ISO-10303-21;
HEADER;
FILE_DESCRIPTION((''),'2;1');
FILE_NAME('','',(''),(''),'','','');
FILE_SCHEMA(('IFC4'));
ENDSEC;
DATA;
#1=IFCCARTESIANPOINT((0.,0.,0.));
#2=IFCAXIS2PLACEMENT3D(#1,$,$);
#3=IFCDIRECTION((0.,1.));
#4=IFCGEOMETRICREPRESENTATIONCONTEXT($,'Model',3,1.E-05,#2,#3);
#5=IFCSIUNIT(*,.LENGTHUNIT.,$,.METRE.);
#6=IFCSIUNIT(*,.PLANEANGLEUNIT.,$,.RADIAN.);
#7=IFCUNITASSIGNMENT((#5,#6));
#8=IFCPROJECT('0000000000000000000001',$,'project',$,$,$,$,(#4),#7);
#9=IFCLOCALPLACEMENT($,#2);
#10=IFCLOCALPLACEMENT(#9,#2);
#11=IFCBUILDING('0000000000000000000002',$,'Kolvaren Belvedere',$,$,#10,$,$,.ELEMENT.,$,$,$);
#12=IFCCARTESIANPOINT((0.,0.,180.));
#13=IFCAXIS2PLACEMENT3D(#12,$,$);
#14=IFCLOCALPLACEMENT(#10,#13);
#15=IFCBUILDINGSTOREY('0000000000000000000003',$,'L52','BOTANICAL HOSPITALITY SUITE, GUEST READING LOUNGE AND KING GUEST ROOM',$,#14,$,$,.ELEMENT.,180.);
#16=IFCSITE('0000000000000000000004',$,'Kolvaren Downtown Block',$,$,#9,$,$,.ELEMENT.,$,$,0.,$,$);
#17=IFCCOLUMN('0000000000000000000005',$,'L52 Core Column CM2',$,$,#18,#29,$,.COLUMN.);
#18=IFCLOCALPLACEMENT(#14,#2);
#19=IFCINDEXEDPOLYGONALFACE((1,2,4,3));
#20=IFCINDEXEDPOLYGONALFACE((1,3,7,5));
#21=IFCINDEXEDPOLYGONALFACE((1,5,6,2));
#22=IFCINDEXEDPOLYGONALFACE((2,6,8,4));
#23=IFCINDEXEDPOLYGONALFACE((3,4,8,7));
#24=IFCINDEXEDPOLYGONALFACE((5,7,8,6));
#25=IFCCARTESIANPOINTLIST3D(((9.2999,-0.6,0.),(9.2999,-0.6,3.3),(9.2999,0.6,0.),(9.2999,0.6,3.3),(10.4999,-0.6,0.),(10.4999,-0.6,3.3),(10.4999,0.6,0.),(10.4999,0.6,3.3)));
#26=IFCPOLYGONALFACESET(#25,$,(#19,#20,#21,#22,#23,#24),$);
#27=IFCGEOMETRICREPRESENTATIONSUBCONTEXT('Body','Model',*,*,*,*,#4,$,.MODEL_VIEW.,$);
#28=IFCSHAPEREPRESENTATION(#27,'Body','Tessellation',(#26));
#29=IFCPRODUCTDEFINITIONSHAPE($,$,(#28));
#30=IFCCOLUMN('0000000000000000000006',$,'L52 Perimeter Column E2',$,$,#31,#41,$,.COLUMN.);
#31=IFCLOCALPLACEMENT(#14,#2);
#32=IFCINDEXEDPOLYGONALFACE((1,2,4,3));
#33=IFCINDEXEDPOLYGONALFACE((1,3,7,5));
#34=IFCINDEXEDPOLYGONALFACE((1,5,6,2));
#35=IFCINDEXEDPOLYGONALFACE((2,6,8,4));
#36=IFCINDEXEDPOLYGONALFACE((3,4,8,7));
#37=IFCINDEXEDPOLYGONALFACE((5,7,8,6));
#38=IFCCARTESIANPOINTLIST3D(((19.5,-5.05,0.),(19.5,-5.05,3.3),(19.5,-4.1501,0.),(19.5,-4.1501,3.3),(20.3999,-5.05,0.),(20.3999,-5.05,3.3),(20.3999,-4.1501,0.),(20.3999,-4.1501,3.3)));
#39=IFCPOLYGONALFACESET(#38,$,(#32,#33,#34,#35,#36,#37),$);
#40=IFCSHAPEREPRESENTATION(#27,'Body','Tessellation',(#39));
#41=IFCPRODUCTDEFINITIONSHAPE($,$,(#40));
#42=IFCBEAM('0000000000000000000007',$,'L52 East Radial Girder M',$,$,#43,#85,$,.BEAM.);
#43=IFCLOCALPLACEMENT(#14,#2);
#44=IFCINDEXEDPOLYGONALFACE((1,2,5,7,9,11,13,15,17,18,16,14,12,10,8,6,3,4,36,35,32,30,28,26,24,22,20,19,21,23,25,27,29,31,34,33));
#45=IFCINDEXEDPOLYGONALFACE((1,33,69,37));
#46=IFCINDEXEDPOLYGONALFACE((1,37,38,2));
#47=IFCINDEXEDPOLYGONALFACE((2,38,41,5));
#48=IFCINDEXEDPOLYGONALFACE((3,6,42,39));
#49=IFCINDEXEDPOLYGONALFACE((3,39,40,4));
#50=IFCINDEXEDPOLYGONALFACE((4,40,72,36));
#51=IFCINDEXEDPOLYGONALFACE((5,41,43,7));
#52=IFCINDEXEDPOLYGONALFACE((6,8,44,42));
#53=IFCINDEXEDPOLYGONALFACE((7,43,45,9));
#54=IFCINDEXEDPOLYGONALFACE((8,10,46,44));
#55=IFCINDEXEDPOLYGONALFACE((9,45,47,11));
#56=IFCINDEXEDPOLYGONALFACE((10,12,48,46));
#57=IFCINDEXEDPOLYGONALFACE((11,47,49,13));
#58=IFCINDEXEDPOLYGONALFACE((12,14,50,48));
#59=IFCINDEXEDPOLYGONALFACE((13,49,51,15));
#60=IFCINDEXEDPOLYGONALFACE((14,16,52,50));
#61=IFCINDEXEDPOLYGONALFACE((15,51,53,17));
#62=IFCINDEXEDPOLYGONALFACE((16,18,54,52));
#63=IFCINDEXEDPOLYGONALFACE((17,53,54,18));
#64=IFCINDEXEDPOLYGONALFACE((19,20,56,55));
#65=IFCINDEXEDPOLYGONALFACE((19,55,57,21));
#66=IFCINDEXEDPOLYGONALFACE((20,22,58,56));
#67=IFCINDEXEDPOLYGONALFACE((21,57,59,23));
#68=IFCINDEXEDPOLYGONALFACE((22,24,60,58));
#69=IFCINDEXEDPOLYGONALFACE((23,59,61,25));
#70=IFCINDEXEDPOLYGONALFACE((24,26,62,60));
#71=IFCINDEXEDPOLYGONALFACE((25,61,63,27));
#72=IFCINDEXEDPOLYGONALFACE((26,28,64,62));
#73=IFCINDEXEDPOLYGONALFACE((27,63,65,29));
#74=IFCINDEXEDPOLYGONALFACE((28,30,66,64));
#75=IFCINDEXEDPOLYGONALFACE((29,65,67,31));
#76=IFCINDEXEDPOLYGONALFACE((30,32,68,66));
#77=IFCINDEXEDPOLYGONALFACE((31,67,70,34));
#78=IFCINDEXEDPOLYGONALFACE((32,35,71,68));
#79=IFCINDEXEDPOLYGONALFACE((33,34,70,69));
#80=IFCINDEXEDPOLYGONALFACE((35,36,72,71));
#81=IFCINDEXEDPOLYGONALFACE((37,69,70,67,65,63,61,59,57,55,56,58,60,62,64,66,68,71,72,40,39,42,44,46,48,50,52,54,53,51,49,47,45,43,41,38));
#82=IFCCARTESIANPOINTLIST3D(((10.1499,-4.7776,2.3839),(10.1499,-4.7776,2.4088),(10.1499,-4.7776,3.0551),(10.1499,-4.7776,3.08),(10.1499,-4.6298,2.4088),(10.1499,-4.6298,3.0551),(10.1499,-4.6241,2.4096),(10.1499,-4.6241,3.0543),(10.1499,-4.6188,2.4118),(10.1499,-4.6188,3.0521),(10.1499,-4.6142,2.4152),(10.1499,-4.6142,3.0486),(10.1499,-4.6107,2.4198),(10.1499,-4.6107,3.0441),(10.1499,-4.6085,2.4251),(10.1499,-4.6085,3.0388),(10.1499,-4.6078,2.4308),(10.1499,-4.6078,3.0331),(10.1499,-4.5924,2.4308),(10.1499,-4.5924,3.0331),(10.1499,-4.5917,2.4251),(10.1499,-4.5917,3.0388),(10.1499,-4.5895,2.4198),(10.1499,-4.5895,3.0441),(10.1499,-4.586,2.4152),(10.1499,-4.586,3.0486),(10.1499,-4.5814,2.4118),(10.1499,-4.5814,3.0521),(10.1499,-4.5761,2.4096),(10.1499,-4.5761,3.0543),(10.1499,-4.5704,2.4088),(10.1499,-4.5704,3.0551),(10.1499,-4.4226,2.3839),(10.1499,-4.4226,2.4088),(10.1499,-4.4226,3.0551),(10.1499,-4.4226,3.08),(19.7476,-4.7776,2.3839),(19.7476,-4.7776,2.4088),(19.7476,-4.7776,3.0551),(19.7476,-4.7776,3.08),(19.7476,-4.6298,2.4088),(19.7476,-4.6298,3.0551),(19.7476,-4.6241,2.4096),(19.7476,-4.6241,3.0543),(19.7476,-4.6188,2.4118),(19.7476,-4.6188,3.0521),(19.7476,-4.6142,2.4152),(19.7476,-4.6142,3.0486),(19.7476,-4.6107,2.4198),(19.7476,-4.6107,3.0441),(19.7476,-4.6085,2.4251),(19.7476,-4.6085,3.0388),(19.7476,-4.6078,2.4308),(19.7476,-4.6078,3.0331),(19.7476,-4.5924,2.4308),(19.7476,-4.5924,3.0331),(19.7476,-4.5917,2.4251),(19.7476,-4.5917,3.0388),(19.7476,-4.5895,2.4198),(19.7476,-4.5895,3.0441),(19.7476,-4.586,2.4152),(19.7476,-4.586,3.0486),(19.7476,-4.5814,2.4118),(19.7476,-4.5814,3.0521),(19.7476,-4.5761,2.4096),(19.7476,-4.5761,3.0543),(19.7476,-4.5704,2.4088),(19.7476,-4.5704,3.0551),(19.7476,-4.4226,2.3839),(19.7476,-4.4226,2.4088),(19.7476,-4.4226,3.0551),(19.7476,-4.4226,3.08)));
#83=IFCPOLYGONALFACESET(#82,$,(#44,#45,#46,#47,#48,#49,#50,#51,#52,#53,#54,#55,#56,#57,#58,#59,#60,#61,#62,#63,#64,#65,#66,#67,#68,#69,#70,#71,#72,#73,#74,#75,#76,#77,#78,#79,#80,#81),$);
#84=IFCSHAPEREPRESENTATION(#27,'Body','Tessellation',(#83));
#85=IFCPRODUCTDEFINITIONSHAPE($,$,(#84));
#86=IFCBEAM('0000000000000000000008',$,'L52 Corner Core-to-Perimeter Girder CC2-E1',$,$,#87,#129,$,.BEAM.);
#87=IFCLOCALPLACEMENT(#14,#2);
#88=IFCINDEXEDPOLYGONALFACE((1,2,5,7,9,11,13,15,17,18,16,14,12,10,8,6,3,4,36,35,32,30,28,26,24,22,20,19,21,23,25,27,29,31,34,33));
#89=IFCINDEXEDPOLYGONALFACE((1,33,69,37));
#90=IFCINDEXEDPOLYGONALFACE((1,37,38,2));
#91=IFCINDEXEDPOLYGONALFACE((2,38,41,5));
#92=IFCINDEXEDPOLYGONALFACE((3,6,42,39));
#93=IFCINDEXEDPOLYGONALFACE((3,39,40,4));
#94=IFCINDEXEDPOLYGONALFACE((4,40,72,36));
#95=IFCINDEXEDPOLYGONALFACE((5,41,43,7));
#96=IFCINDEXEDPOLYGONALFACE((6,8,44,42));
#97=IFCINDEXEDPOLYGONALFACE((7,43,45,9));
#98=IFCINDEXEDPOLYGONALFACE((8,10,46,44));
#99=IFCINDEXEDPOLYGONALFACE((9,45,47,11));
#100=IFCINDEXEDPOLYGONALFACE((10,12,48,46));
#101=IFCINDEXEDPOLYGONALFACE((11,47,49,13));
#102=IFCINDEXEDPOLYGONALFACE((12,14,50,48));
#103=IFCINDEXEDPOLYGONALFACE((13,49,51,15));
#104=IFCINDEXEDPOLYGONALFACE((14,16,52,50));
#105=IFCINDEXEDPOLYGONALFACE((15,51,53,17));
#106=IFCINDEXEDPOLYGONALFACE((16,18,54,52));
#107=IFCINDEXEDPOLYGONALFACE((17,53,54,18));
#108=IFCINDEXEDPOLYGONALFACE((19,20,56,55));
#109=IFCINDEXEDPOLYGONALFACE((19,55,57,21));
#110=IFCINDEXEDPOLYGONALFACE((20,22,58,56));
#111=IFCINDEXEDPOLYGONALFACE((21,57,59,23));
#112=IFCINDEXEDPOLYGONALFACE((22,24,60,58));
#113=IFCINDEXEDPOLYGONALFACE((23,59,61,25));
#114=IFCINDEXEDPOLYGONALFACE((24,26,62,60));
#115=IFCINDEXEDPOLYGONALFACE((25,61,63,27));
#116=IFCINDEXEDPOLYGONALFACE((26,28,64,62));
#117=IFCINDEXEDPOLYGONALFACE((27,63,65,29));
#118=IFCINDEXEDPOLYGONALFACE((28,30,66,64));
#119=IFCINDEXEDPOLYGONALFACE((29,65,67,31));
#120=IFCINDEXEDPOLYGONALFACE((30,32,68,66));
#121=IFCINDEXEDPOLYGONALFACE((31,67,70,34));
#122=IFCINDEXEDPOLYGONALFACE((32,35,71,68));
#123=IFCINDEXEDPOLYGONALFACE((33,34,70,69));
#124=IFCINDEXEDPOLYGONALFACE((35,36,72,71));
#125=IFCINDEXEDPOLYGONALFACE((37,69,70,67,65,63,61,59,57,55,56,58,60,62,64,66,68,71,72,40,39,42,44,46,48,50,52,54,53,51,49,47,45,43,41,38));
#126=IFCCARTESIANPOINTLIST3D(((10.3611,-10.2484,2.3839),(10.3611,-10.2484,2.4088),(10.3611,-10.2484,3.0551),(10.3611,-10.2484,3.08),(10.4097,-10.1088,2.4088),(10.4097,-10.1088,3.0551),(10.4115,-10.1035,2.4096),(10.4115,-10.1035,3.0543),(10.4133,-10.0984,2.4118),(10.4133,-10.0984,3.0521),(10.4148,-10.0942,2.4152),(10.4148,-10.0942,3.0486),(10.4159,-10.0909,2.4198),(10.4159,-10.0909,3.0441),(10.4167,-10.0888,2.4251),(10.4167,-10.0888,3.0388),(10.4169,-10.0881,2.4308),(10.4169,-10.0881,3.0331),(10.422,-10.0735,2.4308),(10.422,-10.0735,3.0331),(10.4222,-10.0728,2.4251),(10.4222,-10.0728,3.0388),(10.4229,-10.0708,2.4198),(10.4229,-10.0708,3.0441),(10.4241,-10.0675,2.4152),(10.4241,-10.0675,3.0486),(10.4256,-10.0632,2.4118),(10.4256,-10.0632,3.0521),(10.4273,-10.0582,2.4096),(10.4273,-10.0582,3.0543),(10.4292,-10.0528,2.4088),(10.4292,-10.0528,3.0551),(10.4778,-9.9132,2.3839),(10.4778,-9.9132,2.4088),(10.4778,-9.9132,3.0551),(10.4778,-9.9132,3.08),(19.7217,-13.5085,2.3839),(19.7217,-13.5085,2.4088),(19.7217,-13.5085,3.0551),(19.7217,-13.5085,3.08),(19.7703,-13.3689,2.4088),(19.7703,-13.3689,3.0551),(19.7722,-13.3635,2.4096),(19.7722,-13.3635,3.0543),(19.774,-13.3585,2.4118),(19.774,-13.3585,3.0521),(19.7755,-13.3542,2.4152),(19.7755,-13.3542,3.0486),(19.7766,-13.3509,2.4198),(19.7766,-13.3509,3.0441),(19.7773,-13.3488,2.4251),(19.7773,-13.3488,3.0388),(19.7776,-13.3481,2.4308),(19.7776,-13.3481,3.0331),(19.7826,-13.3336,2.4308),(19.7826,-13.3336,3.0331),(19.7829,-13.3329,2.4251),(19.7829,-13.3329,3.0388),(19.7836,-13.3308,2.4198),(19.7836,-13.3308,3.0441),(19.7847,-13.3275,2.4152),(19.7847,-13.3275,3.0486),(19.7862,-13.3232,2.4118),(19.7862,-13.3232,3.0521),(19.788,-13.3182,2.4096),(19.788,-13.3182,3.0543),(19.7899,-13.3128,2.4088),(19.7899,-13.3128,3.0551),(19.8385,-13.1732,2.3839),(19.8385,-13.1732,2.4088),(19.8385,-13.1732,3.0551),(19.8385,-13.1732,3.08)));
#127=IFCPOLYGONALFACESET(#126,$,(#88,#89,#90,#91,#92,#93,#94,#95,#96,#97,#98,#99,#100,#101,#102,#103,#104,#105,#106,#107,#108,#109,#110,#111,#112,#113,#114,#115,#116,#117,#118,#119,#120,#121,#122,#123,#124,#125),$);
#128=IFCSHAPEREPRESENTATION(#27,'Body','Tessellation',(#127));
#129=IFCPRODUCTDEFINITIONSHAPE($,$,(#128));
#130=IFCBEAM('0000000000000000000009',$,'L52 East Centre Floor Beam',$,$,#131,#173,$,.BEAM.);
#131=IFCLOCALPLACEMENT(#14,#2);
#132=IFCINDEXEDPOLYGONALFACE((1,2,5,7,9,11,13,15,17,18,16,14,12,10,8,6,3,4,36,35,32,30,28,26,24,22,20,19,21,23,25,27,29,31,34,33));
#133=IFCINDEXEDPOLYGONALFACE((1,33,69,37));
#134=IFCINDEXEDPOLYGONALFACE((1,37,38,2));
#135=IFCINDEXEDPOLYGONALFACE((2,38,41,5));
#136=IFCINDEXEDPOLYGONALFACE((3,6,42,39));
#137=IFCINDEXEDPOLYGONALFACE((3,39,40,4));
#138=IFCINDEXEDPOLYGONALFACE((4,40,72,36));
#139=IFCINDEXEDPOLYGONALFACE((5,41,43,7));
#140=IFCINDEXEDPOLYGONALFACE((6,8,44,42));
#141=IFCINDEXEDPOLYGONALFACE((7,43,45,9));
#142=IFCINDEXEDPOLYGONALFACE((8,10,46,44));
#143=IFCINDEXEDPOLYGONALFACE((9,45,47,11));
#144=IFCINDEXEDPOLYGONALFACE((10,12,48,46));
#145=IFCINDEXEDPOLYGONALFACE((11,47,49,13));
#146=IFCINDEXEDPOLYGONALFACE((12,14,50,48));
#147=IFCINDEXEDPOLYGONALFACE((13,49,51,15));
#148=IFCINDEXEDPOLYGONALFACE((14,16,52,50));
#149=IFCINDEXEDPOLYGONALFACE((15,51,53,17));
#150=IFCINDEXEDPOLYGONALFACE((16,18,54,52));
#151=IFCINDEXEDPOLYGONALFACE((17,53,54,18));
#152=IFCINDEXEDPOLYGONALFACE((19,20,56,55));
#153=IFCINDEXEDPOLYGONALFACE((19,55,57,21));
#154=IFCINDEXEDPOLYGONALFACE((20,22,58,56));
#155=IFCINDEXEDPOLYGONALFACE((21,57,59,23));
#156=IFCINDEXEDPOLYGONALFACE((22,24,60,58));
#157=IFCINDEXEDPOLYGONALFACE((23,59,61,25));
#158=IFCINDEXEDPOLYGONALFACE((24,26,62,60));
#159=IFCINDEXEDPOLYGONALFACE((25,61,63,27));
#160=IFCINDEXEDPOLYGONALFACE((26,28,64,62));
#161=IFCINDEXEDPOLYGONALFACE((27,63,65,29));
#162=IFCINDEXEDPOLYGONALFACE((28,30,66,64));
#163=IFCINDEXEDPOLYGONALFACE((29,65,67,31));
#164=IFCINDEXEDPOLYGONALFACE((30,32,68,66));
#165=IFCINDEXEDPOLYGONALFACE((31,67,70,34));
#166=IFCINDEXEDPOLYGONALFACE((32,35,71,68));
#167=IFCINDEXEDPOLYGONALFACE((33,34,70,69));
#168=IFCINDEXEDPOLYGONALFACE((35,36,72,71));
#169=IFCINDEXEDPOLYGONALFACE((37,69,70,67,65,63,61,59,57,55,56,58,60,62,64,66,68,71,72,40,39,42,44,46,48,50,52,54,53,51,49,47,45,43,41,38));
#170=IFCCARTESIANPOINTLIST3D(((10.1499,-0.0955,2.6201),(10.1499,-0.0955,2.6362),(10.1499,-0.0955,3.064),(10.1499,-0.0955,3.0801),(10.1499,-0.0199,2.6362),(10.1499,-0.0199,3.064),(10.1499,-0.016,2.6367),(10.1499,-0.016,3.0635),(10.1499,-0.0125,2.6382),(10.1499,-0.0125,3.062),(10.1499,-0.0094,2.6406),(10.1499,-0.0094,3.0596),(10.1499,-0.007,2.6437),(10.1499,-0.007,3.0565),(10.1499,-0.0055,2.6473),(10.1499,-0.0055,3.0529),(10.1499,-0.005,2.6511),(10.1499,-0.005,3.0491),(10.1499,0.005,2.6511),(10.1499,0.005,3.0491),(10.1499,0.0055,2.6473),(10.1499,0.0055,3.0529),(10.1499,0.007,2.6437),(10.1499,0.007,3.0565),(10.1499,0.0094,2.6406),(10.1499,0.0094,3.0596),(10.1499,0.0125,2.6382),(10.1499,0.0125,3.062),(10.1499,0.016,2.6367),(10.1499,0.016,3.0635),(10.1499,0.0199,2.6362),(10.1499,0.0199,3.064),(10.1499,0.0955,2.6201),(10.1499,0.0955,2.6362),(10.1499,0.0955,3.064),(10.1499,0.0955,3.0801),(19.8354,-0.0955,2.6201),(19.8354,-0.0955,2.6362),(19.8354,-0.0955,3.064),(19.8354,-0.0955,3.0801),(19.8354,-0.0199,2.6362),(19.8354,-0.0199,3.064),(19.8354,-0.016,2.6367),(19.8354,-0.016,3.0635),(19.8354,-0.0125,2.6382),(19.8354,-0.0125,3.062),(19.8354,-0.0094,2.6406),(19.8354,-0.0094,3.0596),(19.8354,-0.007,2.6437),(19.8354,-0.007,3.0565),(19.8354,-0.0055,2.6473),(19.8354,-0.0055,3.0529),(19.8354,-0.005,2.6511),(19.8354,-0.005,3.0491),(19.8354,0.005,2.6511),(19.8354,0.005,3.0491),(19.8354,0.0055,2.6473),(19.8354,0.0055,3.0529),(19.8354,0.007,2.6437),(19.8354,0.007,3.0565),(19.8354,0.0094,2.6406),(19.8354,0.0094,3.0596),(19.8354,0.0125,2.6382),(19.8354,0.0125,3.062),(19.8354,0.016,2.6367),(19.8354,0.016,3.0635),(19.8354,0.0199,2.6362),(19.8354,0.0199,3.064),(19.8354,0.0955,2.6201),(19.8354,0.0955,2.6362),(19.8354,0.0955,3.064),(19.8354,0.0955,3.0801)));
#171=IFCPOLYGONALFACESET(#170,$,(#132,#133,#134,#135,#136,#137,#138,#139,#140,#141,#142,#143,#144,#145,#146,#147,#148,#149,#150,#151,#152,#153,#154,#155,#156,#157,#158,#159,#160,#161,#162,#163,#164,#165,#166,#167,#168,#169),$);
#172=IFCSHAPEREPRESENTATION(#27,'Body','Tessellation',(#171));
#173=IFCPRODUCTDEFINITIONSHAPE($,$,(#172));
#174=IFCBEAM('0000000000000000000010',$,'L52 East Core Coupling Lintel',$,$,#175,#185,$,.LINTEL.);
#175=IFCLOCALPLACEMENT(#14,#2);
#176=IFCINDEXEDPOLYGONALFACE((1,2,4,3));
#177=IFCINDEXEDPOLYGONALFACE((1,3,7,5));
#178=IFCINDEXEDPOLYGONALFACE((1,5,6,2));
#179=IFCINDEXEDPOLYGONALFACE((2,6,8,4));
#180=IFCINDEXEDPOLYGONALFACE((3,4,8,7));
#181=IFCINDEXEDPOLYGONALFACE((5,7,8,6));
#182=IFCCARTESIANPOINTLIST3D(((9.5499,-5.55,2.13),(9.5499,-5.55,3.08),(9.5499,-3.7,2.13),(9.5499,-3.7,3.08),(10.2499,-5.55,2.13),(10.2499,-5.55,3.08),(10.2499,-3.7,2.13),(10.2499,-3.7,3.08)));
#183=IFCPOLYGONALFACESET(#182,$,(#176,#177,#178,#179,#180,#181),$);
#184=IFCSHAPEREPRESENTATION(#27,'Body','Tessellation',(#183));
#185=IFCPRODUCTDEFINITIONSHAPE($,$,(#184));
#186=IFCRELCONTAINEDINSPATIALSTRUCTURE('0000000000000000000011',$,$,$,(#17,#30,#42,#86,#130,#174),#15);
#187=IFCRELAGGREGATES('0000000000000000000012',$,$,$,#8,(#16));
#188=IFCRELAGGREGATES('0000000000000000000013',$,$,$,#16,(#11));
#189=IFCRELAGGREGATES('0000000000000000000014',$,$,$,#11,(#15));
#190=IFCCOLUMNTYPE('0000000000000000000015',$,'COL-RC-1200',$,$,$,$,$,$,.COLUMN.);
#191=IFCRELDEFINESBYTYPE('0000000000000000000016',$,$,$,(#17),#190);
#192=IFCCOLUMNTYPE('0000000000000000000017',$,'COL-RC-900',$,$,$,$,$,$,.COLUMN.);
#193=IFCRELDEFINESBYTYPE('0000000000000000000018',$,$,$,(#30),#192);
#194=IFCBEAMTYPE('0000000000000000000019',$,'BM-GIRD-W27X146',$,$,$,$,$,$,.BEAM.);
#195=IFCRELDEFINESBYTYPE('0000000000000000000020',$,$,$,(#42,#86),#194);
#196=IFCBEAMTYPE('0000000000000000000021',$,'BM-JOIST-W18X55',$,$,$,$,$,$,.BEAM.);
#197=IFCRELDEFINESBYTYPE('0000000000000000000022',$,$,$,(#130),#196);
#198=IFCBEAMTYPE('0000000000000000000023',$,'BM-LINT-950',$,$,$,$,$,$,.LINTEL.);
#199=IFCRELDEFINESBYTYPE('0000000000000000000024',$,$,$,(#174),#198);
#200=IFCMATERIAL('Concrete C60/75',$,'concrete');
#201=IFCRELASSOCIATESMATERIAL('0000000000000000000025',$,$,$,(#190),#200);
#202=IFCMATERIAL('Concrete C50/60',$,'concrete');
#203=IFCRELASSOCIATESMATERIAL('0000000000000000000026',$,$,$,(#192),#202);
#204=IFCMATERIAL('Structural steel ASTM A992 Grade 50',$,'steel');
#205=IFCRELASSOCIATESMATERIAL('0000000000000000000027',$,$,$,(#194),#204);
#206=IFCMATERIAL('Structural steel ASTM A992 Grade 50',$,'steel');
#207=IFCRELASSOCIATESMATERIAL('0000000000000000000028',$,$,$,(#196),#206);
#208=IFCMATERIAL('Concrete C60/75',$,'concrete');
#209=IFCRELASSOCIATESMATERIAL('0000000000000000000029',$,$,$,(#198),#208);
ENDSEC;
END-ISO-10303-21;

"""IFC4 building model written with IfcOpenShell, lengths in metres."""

from ifc_helpers import new_model, si_unit, direction, frame, origin, origin_2d, place, context, subcontext, project, spatial, rectangle, i_section, extrude, material, material_profile, profile_set, type_object, element, save


model = new_model("IFC4")

# Units and contexts
model_context = context("Model", 3, precision=1e-05, world=origin(), true_north=direction((0.0, 1.0)))
body_context = subcontext(model_context, "Body", "Model", "MODEL_VIEW")
ifc_project = project(units=[si_unit("LENGTHUNIT", "METRE"), si_unit("PLANEANGLEUNIT", "RADIAN")], contexts=[model_context])

# Site, building, storey
site_placement = place(None, origin())
site = spatial("IfcSite", under=ifc_project, at=site_placement, Name="Kolvaren Downtown Block", CompositionType="ELEMENT", RefElevation=0.0)
building_placement = place(site_placement, origin())
building = spatial("IfcBuilding", under=site, at=building_placement, Name="Kolvaren Belvedere", CompositionType="ELEMENT")
storey_placement = place(building_placement, frame((0.0, 0.0, 180.0)))
storey = spatial("IfcBuildingStorey", under=building, at=storey_placement, Name="L52", Description="BOTANICAL HOSPITALITY SUITE, GUEST READING LOUNGE AND KING GUEST ROOM", CompositionType="ELEMENT", Elevation=180.0)

# Columns
ifc_material_1 = material(Name="Concrete C60/75", Category="concrete")
ifc_material_profile_1 = material_profile(ifc_material_1, rectangle(XDim=1.2, YDim=1.2, at=origin_2d()), Name="RC 1200X1200")
ifc_profile_set_1 = profile_set([ifc_material_profile_1], Name="Concrete C60/75")
column_type_1 = type_object("IfcColumnType", Name="COL-RC-1200", PredefinedType="COLUMN", material=ifc_profile_set_1)
column_1_placement = place(storey_placement, frame((9.8999, 0.0, 0.0), z_axis=(0.0, 0.0, 1.0), x_axis=(1.0, 0.0, 0.0)))
element("IfcColumn", 1, at=column_1_placement, inside=storey, type_object=column_type_1, Name="L52 Core Column CM2", PredefinedType="COLUMN", context=body_context, shape_type="SweptSolid", body=[
    extrude(rectangle(XDim=1.2, YDim=1.2, at=origin_2d()), origin(), (0.0, 0.0, 1.0), 3.3),
])
ifc_material_2 = material(Name="Concrete C50/60", Category="concrete")
ifc_material_profile_2 = material_profile(ifc_material_2, rectangle(XDim=0.8999, YDim=0.8999, at=origin_2d()), Name="RC 900X900")
ifc_profile_set_2 = profile_set([ifc_material_profile_2], Name="Concrete C50/60")
column_type_2 = type_object("IfcColumnType", Name="COL-RC-900", PredefinedType="COLUMN", material=ifc_profile_set_2)
column_2_placement = place(storey_placement, frame((19.95, -4.6001, 0.0), z_axis=(0.0, 0.0, 1.0), x_axis=(1.0, 0.0, 0.0)))
element("IfcColumn", 2, at=column_2_placement, inside=storey, type_object=column_type_2, Name="L52 Perimeter Column E2", PredefinedType="COLUMN", context=body_context, shape_type="SweptSolid", body=[
    extrude(rectangle(XDim=0.8999, YDim=0.8999, at=origin_2d()), origin(), (0.0, 0.0, 1.0), 3.3),
])

# Beams
ifc_material_3 = material(Name="Structural steel ASTM A992 Grade 50", Category="steel")
ifc_material_profile_3 = material_profile(ifc_material_3, i_section(OverallWidth=0.355, OverallDepth=0.696, WebThickness=0.0154, FlangeThickness=0.0249, FilletRadius=0.022, at=origin_2d()), Name="W27X146")
ifc_profile_set_3 = profile_set([ifc_material_profile_3], Name="Structural steel ASTM A992 Grade 50")
beam_type_1 = type_object("IfcBeamType", Name="BM-GIRD-W27X146", PredefinedType="BEAM", material=ifc_profile_set_3)
beam_1_placement = place(storey_placement, frame((10.1499, -4.6001, 2.7319), z_axis=(1.0, 0.0, 0.0), x_axis=(0.0, 1.0, 0.0)))
element("IfcBeam", 3, at=beam_1_placement, inside=storey, type_object=beam_type_1, Name="L52 East Radial Girder M", PredefinedType="BEAM", context=body_context, shape_type="SweptSolid", body=[
    extrude(i_section(OverallWidth=0.355, OverallDepth=0.696, WebThickness=0.0154, FlangeThickness=0.0249, FilletRadius=0.022, at=origin_2d()), origin(), (0.0, 0.0, 1.0), 9.5977),
])
beam_2_placement = place(storey_placement, frame((10.4194, -10.0808, 2.7319), z_axis=(0.944367, -0.328894, 0.0), x_axis=(0.328894, 0.944367, 0.0)))
element("IfcBeam", 4, at=beam_2_placement, inside=storey, type_object=beam_type_1, Name="L52 Corner Core-to-Perimeter Girder CC2-E1", PredefinedType="BEAM", context=body_context, shape_type="SweptSolid", body=[
    extrude(i_section(OverallWidth=0.355, OverallDepth=0.696, WebThickness=0.0154, FlangeThickness=0.0249, FilletRadius=0.022, at=origin_2d()), origin(), (0.0, 0.0, 1.0), 9.9121),
])
ifc_material_4 = material(Name="Structural steel ASTM A992 Grade 50", Category="steel")
ifc_material_profile_4 = material_profile(ifc_material_4, i_section(OverallWidth=0.1909, OverallDepth=0.46, WebThickness=0.01, FlangeThickness=0.0161, FilletRadius=0.0149, at=origin_2d()), Name="W18X55")
ifc_profile_set_4 = profile_set([ifc_material_profile_4], Name="Structural steel ASTM A992 Grade 50")
beam_type_2 = type_object("IfcBeamType", Name="BM-JOIST-W18X55", PredefinedType="BEAM", material=ifc_profile_set_4)
beam_3_placement = place(storey_placement, frame((10.1499, 0.0, 2.8501), z_axis=(1.0, 0.0, 0.0), x_axis=(0.0, 1.0, 0.0)))
element("IfcBeam", 5, at=beam_3_placement, inside=storey, type_object=beam_type_2, Name="L52 East Centre Floor Beam", PredefinedType="BEAM", context=body_context, shape_type="SweptSolid", body=[
    extrude(i_section(OverallWidth=0.1909, OverallDepth=0.46, WebThickness=0.01, FlangeThickness=0.0161, FilletRadius=0.0149, at=origin_2d()), origin(), (0.0, 0.0, 1.0), 9.6855),
])
ifc_material_5 = material(Name="Concrete C60/75", Category="concrete")
ifc_material_profile_5 = material_profile(ifc_material_5, rectangle(XDim=0.7, YDim=0.95, at=origin_2d()), Name="RC 700X950")
ifc_profile_set_5 = profile_set([ifc_material_profile_5], Name="Concrete C60/75")
beam_type_3 = type_object("IfcBeamType", Name="BM-LINT-950", PredefinedType="LINTEL", material=ifc_profile_set_5)
beam_4_placement = place(storey_placement, frame((9.8999, -5.55, 2.605), z_axis=(0.0, 1.0, 0.0), x_axis=(-1.0, 0.0, 0.0)))
element("IfcBeam", 6, at=beam_4_placement, inside=storey, type_object=beam_type_3, Name="L52 East Core Coupling Lintel", PredefinedType="LINTEL", context=body_context, shape_type="SweptSolid", body=[
    extrude(rectangle(XDim=0.7, YDim=0.95, at=origin_2d()), origin(), (0.0, 0.0, 1.0), 1.8501),
])

save(model, "model.ifc")
